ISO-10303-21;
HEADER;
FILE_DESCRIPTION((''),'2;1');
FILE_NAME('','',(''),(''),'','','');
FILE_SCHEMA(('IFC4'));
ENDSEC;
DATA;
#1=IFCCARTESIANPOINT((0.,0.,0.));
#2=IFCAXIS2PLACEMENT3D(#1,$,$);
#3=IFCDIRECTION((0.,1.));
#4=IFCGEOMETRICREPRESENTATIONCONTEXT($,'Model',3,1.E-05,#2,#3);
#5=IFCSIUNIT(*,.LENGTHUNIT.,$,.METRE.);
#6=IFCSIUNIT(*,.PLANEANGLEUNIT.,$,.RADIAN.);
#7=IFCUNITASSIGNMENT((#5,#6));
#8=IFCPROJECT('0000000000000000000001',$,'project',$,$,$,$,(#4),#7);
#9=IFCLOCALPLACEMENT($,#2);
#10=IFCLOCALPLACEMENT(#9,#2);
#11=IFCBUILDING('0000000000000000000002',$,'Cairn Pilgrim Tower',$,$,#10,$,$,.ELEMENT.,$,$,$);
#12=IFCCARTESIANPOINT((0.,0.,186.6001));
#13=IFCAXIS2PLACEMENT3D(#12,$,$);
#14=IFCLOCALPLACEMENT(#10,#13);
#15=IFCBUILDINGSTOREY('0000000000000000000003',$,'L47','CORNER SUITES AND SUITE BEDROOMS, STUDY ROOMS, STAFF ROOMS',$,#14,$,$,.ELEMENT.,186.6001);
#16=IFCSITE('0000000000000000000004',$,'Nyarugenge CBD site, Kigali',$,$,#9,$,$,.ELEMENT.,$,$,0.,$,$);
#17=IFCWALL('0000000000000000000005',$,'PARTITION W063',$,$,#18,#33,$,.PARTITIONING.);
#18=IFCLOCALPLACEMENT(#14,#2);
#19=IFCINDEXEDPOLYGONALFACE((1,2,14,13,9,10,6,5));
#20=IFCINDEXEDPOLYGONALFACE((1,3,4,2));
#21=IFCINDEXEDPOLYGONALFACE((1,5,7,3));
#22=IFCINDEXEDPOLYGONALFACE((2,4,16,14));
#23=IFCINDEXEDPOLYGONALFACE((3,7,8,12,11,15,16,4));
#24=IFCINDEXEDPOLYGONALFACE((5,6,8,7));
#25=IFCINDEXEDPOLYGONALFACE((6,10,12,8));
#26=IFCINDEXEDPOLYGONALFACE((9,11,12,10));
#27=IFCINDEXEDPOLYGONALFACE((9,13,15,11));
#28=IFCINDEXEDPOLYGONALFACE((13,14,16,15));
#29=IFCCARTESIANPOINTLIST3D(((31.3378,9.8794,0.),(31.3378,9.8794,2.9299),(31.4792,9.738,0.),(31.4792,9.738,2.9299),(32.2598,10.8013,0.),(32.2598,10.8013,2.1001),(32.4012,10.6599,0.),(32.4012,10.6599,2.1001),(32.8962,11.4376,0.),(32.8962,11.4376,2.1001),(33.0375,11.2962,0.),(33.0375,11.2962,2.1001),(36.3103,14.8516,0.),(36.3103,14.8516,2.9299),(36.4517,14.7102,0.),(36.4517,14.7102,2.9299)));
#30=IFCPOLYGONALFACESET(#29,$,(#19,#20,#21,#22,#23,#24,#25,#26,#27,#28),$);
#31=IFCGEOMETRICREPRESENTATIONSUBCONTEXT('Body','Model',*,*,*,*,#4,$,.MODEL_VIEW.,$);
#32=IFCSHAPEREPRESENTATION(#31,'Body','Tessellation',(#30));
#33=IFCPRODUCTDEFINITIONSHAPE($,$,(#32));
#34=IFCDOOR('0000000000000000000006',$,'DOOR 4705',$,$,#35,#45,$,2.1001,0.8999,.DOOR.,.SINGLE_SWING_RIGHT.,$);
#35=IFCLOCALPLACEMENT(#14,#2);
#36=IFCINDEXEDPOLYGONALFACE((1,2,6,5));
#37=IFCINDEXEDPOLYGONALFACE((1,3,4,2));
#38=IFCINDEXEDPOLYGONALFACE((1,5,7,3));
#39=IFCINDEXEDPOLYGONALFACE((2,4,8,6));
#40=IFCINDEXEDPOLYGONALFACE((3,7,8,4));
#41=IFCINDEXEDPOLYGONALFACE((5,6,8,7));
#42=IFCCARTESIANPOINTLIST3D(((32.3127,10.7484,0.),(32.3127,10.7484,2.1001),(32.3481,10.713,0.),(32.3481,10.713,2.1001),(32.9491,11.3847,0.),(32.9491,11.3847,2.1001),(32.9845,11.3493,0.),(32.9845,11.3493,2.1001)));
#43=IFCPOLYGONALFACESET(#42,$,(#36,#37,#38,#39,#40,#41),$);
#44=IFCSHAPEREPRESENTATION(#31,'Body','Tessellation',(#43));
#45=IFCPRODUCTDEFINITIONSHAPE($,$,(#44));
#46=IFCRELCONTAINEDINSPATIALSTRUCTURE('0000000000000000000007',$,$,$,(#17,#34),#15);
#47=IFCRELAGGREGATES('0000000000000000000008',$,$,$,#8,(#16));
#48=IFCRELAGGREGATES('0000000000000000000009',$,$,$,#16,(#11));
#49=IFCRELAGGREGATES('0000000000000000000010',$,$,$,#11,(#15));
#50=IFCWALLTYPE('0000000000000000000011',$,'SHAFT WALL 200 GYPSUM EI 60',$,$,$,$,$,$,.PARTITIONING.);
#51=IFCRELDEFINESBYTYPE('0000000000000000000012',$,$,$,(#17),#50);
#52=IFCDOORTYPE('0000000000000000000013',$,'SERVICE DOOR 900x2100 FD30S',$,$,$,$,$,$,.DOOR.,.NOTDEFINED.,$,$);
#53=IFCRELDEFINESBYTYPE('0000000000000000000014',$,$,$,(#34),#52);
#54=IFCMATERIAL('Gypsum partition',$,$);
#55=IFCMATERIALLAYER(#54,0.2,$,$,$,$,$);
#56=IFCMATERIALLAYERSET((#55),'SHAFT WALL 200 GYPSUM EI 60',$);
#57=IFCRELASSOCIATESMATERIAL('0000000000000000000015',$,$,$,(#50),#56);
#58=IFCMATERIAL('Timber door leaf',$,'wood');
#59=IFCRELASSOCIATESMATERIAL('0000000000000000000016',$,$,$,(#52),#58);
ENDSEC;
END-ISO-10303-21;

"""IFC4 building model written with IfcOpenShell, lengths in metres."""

from ifc_helpers import new_model, si_unit, direction, frame, frame_2d, origin, place, context, subcontext, project, spatial, rectangle, extrude, material, layer, layer_set, type_object, element, fill, save


model = new_model("IFC4")

# Units and contexts
model_context = context("Model", 3, precision=1e-05, world=origin(), true_north=direction((0.0, 1.0)))
body_context = subcontext(model_context, "Body", "Model", "MODEL_VIEW")
ifc_project = project(units=[si_unit("LENGTHUNIT", "METRE"), si_unit("PLANEANGLEUNIT", "RADIAN")], contexts=[model_context])

# Site, building, storey
site_placement = place(None, origin())
site = spatial("IfcSite", under=ifc_project, at=site_placement, Name="Nyarugenge CBD site, Kigali", CompositionType="ELEMENT", RefElevation=0.0)
building_placement = place(site_placement, origin())
building = spatial("IfcBuilding", under=site, at=building_placement, Name="Cairn Pilgrim Tower", CompositionType="ELEMENT")
storey_placement = place(building_placement, frame((0.0, 0.0, 186.6001)))
storey = spatial("IfcBuildingStorey", under=building, at=storey_placement, Name="L47", Description="CORNER SUITES AND SUITE BEDROOMS, STUDY ROOMS, STAFF ROOMS", CompositionType="ELEMENT", Elevation=186.6001)

# Wall, opening, door
ifc_material_1 = material(Name="Gypsum partition")
ifc_material_2 = material(Name="Timber door leaf", Category="wood")
ifc_layer_1 = layer(ifc_material_1, 0.2)
ifc_layer_set_1 = layer_set([ifc_layer_1], Name="SHAFT WALL 200 GYPSUM EI 60")
wall_type_1 = type_object("IfcWallType", Name="SHAFT WALL 200 GYPSUM EI 60", PredefinedType="PARTITIONING", material=ifc_layer_set_1)
wall_1_placement = place(storey_placement, frame((31.4084, 9.8086, 0.0), z_axis=(0.0, 0.0, 1.0), x_axis=(0.707124, 0.707089, 0.0)))
wall_1 = element("IfcWall", 1, at=wall_1_placement, inside=storey, type_object=wall_type_1, Name="PARTITION W063", PredefinedType="PARTITIONING", context=body_context, shape_type="SweptSolid", body=[
    extrude(rectangle(XDim=7.032, YDim=0.2, at=frame_2d((3.5161, 0.0))), origin(), (0.0, 0.0, 1.0), 2.9299),
])
opening_1_placement = place(wall_1_placement, frame((1.304, 0.0, 0.0)))
opening_1 = element("IfcOpeningElement", 2, at=opening_1_placement, cuts=wall_1, PredefinedType="OPENING", context=body_context, shape_type="SweptSolid", body=[
    extrude(rectangle(XDim=0.8999, YDim=2.1001, at=frame_2d((0.45, 1.05))), frame((0.0, 0.1099, 0.0), z_axis=(0.0, -1.0, 0.0), x_axis=(1.0, 0.0, 0.0)), (0.0, 0.0, 1.0), 0.22),
])
door_type_1 = type_object("IfcDoorType", Name="SERVICE DOOR 900x2100 FD30S", OperationType="NOTDEFINED", PredefinedType="DOOR", material=ifc_material_2)
door_1_placement = place(opening_1_placement, frame((0.8999, 0.0, 0.0), z_axis=(0.0, 0.0, 1.0), x_axis=(-1.0, 0.0, 0.0)))
door_1 = element("IfcDoor", 3, at=door_1_placement, inside=storey, type_object=door_type_1, Name="DOOR 4705", OperationType="SINGLE_SWING_RIGHT", OverallHeight=2.1001, OverallWidth=0.8999, PredefinedType="DOOR", context=body_context, shape_type="SweptSolid", body=[
    extrude(rectangle(XDim=0.8999, YDim=2.1001, at=frame_2d((0.45, 1.05))), frame((0.0, 0.0249, 0.0), z_axis=(0.0, -1.0, 0.0), x_axis=(1.0, 0.0, 0.0)), (0.0, 0.0, 1.0), 0.05),
])
fill(opening_1, door_1)

save(model, "model.ifc")
